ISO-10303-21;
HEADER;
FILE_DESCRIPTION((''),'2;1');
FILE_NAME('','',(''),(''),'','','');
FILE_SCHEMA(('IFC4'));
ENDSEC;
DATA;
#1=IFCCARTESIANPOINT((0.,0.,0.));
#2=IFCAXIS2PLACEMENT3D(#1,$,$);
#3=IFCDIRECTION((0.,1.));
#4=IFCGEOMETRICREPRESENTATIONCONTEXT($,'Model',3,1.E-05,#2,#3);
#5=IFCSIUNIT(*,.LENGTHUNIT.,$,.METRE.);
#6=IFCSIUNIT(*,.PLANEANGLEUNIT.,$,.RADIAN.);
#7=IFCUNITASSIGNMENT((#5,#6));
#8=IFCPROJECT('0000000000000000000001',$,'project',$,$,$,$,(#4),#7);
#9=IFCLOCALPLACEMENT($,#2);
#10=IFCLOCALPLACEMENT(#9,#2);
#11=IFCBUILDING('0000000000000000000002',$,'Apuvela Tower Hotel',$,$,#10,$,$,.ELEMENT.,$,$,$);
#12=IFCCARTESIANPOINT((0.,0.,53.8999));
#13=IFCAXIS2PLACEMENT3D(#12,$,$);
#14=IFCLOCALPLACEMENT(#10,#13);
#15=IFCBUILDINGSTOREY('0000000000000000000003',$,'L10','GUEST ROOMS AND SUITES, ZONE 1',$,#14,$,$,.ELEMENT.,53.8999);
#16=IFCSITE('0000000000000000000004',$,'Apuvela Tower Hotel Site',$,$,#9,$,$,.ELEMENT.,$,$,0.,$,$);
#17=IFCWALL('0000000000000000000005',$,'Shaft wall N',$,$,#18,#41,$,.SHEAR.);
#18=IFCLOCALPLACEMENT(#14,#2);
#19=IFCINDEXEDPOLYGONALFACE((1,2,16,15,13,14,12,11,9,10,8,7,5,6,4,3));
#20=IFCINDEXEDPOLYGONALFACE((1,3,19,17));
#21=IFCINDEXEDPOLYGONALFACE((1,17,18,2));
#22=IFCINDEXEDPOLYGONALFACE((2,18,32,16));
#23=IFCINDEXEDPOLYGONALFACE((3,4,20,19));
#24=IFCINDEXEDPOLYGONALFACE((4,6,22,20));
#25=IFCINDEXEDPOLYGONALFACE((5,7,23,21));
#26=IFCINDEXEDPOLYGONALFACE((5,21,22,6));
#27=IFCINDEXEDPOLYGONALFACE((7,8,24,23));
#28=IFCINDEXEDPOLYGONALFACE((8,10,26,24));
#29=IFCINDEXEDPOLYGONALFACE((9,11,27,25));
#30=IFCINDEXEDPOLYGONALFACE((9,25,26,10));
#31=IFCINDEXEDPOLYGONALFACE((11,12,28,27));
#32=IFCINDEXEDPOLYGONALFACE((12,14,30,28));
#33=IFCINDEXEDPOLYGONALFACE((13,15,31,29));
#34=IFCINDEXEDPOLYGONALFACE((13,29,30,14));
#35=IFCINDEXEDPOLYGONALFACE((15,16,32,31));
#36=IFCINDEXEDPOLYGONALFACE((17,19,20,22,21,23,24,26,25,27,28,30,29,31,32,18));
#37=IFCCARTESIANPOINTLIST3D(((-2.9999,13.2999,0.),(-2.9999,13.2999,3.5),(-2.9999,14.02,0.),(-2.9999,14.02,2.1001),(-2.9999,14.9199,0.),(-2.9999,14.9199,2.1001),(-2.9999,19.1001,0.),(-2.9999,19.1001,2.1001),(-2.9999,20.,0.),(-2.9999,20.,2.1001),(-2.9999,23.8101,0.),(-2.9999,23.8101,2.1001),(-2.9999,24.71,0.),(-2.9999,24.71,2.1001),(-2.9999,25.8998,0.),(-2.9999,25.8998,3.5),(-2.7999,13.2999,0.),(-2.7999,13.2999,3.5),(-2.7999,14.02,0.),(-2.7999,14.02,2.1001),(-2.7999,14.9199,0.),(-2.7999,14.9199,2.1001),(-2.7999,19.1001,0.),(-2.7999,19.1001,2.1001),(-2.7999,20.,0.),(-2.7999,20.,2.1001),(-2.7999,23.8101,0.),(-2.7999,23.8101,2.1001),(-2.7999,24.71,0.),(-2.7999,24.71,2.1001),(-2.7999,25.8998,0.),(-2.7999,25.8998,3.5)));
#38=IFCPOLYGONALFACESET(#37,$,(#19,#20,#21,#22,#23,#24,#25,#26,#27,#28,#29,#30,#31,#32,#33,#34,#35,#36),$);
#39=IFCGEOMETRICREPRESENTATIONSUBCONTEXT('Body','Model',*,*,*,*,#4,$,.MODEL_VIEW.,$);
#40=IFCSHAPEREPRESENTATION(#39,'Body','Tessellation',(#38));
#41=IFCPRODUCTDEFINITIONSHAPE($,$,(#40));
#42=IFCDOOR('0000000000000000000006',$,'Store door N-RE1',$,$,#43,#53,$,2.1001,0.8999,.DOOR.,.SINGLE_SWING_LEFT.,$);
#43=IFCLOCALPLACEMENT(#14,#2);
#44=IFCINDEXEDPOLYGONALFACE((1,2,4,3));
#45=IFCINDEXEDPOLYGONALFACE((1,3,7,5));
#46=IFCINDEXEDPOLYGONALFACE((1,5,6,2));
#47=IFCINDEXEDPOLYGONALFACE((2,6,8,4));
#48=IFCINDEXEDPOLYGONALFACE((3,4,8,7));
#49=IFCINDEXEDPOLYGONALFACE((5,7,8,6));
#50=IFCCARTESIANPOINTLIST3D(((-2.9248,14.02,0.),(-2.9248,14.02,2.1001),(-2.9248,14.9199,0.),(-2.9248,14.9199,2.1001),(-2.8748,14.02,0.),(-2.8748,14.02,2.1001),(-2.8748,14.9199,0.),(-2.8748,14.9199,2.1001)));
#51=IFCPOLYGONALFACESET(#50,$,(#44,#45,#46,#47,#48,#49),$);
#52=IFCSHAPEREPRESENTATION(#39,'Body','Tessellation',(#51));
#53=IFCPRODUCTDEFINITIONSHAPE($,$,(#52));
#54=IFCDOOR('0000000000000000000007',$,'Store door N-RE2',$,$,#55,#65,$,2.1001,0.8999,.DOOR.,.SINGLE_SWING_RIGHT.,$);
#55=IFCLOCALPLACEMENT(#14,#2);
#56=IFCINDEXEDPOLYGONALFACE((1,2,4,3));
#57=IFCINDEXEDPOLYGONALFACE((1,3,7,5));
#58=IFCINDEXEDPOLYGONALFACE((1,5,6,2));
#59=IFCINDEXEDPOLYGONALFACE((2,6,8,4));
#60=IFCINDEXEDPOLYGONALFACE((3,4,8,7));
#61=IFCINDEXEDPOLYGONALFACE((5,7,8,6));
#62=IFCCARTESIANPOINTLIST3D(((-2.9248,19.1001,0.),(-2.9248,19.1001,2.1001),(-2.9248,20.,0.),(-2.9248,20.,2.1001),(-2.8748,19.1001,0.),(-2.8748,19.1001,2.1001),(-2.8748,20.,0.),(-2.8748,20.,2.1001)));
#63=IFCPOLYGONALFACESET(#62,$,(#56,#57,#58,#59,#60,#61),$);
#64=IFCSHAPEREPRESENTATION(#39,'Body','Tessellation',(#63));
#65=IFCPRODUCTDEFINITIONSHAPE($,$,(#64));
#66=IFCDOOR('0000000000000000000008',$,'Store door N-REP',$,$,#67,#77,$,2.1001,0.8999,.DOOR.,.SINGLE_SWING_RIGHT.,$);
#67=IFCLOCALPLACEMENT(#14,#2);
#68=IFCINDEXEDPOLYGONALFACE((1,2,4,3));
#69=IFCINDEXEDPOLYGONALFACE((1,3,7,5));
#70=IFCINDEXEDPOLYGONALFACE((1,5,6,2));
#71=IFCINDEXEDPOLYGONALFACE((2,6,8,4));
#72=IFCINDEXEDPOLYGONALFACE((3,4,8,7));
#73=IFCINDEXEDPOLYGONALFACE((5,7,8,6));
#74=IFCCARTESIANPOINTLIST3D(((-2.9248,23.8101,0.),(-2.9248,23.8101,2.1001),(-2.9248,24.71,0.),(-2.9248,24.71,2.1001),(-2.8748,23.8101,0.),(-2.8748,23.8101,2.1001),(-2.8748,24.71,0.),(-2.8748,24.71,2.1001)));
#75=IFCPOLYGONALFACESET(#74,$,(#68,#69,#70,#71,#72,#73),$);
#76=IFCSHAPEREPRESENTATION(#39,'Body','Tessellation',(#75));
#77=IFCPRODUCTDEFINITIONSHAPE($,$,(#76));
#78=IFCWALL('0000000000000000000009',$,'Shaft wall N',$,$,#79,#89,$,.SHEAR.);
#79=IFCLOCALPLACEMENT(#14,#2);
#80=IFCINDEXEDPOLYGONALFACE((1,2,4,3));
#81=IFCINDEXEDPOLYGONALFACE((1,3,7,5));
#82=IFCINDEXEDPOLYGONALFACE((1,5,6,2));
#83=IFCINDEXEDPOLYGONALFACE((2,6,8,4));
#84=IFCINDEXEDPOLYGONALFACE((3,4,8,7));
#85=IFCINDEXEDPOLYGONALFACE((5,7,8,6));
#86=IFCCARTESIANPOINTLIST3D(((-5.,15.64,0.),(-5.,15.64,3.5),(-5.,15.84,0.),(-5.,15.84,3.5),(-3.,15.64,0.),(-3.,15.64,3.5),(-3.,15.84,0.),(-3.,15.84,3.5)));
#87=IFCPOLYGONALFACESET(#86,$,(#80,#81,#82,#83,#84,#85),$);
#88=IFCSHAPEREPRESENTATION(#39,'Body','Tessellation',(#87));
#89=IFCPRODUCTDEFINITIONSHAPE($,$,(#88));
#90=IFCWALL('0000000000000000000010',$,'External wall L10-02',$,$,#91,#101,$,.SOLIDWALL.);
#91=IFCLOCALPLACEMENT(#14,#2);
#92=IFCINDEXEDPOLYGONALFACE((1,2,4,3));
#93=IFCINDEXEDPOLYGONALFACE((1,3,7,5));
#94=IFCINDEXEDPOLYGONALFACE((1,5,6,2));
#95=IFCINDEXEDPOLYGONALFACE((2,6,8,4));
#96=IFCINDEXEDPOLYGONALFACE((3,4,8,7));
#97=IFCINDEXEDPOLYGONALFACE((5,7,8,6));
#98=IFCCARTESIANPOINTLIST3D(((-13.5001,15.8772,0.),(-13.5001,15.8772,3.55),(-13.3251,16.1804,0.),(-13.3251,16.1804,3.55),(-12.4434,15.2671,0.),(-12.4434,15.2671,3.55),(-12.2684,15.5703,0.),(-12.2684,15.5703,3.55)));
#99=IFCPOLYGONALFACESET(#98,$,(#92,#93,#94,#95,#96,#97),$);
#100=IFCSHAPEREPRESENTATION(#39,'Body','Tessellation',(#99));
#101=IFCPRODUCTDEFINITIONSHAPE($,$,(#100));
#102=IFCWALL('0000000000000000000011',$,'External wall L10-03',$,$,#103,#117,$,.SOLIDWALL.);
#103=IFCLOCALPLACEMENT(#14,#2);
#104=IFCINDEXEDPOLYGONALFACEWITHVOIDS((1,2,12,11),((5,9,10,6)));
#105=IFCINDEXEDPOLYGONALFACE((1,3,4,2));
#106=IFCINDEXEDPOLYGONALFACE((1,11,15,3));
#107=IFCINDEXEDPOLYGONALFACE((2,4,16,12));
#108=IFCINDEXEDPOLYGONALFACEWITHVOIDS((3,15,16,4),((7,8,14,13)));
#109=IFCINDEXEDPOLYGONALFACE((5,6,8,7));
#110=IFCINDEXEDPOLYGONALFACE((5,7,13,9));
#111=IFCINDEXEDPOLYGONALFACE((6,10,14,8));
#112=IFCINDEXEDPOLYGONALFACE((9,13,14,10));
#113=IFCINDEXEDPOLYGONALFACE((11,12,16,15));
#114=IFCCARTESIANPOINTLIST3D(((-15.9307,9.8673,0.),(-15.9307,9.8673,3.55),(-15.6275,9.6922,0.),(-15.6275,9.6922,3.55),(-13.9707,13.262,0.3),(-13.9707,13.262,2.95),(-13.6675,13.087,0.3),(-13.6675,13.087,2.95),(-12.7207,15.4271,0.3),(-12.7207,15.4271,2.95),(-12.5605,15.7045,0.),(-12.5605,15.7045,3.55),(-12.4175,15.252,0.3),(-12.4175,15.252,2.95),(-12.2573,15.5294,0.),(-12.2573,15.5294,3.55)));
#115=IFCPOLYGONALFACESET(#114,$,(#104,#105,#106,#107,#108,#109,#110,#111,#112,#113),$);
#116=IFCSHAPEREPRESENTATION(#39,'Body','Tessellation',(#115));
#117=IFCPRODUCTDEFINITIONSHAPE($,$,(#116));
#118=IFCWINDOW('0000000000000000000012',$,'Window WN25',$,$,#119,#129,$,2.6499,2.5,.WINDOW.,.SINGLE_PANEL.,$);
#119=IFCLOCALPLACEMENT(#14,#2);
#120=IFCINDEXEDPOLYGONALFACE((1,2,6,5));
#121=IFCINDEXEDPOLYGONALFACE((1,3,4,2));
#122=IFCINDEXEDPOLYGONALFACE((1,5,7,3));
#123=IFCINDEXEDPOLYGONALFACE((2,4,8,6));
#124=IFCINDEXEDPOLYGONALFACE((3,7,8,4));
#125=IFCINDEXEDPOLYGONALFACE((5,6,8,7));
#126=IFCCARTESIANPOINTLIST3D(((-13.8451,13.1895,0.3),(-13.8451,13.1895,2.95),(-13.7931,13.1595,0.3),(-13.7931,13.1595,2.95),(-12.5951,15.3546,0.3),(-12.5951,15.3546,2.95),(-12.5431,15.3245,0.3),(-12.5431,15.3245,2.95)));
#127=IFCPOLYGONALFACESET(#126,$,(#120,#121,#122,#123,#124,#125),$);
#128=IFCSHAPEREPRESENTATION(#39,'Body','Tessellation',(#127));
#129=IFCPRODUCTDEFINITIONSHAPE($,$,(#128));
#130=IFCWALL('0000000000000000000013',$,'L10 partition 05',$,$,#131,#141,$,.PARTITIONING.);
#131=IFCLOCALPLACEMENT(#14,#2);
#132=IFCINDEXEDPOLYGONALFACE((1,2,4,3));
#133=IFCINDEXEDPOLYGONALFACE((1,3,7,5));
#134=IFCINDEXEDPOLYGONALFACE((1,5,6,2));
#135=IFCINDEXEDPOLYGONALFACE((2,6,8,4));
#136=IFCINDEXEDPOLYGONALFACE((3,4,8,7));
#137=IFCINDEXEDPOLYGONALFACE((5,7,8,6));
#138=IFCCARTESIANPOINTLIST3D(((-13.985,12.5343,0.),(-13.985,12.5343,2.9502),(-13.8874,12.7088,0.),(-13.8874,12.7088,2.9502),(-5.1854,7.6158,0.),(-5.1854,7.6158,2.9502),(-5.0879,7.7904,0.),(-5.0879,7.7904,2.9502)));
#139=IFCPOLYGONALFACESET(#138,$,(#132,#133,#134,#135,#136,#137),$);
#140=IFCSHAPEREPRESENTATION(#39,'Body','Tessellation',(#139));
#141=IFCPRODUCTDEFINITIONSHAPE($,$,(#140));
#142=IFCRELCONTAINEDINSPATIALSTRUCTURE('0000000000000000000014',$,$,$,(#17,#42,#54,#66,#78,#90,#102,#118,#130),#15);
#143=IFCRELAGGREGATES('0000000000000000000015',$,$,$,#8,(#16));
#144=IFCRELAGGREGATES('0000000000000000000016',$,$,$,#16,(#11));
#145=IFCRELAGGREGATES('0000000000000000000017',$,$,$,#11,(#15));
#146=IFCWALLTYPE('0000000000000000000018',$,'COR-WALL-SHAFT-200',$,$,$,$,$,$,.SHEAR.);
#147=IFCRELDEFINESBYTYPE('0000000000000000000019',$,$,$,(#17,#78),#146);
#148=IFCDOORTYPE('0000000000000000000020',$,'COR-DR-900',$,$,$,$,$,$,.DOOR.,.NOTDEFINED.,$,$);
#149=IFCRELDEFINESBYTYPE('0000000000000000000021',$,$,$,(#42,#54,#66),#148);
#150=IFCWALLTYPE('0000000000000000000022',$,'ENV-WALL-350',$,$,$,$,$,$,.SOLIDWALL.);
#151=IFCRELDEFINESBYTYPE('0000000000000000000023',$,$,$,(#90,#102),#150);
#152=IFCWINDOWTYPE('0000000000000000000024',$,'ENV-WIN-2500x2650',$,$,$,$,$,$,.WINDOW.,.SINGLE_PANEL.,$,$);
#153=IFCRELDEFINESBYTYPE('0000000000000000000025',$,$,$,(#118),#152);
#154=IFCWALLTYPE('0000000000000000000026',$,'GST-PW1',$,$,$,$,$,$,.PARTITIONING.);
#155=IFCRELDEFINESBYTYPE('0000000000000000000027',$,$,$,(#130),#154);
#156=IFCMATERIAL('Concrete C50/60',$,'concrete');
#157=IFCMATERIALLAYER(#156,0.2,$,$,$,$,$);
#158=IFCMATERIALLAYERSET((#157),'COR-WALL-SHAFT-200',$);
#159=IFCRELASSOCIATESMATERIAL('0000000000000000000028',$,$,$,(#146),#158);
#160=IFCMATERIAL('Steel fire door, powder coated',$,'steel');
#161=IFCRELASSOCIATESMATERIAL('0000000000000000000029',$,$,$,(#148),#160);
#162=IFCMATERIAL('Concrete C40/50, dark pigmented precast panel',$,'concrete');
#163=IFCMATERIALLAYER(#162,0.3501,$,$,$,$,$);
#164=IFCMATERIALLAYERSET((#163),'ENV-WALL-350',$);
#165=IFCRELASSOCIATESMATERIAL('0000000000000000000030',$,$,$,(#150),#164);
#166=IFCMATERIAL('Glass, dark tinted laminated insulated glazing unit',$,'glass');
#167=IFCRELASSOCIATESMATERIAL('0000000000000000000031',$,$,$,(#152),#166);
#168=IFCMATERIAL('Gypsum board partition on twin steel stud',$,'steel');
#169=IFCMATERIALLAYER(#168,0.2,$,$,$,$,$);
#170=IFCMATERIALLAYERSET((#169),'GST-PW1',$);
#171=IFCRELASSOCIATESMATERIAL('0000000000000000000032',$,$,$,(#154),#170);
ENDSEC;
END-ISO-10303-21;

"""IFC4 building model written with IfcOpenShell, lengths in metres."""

from ifc_helpers import new_model, si_unit, direction, frame, frame_2d, origin, place, context, subcontext, project, spatial, rectangle, extrude, material, layer, layer_set, type_object, element, fill, save


model = new_model("IFC4")

# Units and contexts
model_context = context("Model", 3, precision=1e-05, world=origin(), true_north=direction((0.0, 1.0)))
body_context = subcontext(model_context, "Body", "Model", "MODEL_VIEW")
ifc_project = project(units=[si_unit("LENGTHUNIT", "METRE"), si_unit("PLANEANGLEUNIT", "RADIAN")], contexts=[model_context])

# Site, building, storey
site_placement = place(None, origin())
site = spatial("IfcSite", under=ifc_project, at=site_placement, Name="Apuvela Tower Hotel Site", CompositionType="ELEMENT", RefElevation=0.0)
building_placement = place(site_placement, origin())
building = spatial("IfcBuilding", under=site, at=building_placement, Name="Apuvela Tower Hotel", CompositionType="ELEMENT")
storey_placement = place(building_placement, frame((0.0, 0.0, 53.8999)))
storey = spatial("IfcBuildingStorey", under=building, at=storey_placement, Name="L10", Description="GUEST ROOMS AND SUITES, ZONE 1", CompositionType="ELEMENT", Elevation=53.8999)

# Shared definitions
ifc_material_1 = material(Name="Concrete C50/60", Category="concrete")
ifc_layer_1 = layer(ifc_material_1, 0.2)
ifc_layer_set_1 = layer_set([ifc_layer_1], Name="COR-WALL-SHAFT-200")
wall_type_1 = type_object("IfcWallType", Name="COR-WALL-SHAFT-200", PredefinedType="SHEAR", material=ifc_layer_set_1)

# Wall, openings, doors
wall_1_placement = place(storey_placement, frame((-2.8999, 13.3, 0.0), z_axis=(0.0, 0.0, 1.0), x_axis=(0.0, 1.0, 0.0)))
wall_1 = element("IfcWall", 1, at=wall_1_placement, inside=storey, type_object=wall_type_1, Name="Shaft wall N", PredefinedType="SHEAR", context=body_context, shape_type="SweptSolid", body=[
    extrude(rectangle(XDim=12.5999, YDim=0.2, at=frame_2d((6.2998, 0.0))), origin(), (0.0, 0.0, 1.0), 3.5),
])
opening_1_placement = place(wall_1_placement, frame((0.72, 0.0, 0.0)))
opening_1 = element("IfcOpeningElement", 2, at=opening_1_placement, cuts=wall_1, PredefinedType="OPENING", context=body_context, shape_type="SweptSolid", body=[
    extrude(rectangle(XDim=0.8999, YDim=2.1001, at=frame_2d((0.45, 1.05))), frame((0.0, 0.1099, 0.0), z_axis=(0.0, -1.0, 0.0), x_axis=(1.0, 0.0, 0.0)), (0.0, 0.0, 1.0), 0.22),
])
opening_2_placement = place(wall_1_placement, frame((5.8, 0.0, 0.0)))
opening_2 = element("IfcOpeningElement", 3, at=opening_2_placement, cuts=wall_1, PredefinedType="OPENING", context=body_context, shape_type="SweptSolid", body=[
    extrude(rectangle(XDim=0.8999, YDim=2.1001, at=frame_2d((0.45, 1.05))), frame((0.0, 0.1099, 0.0), z_axis=(0.0, -1.0, 0.0), x_axis=(1.0, 0.0, 0.0)), (0.0, 0.0, 1.0), 0.22),
])
opening_3_placement = place(wall_1_placement, frame((10.51, 0.0, 0.0)))
opening_3 = element("IfcOpeningElement", 4, at=opening_3_placement, cuts=wall_1, PredefinedType="OPENING", context=body_context, shape_type="SweptSolid", body=[
    extrude(rectangle(XDim=0.8999, YDim=2.1001, at=frame_2d((0.45, 1.05))), frame((0.0, 0.1099, 0.0), z_axis=(0.0, -1.0, 0.0), x_axis=(1.0, 0.0, 0.0)), (0.0, 0.0, 1.0), 0.22),
])
ifc_material_2 = material(Name="Steel fire door, powder coated", Category="steel")
door_type_1 = type_object("IfcDoorType", Name="COR-DR-900", OperationType="NOTDEFINED", PredefinedType="DOOR", material=ifc_material_2)
door_1_placement = place(opening_1_placement, origin())
door_1 = element("IfcDoor", 5, at=door_1_placement, inside=storey, type_object=door_type_1, Name="Store door N-RE1", OperationType="SINGLE_SWING_LEFT", OverallHeight=2.1001, OverallWidth=0.8999, PredefinedType="DOOR", context=body_context, shape_type="SweptSolid", body=[
    extrude(rectangle(XDim=0.8999, YDim=2.1001, at=frame_2d((0.45, 1.05))), frame((0.0, 0.0249, 0.0), z_axis=(0.0, -1.0, 0.0), x_axis=(1.0, 0.0, 0.0)), (0.0, 0.0, 1.0), 0.05),
])
fill(opening_1, door_1)
door_2_placement = place(opening_2_placement, origin())
door_2 = element("IfcDoor", 6, at=door_2_placement, inside=storey, type_object=door_type_1, Name="Store door N-RE2", OperationType="SINGLE_SWING_RIGHT", OverallHeight=2.1001, OverallWidth=0.8999, PredefinedType="DOOR", context=body_context, shape_type="SweptSolid", body=[
    extrude(rectangle(XDim=0.8999, YDim=2.1001, at=frame_2d((0.45, 1.05))), frame((0.0, 0.0249, 0.0), z_axis=(0.0, -1.0, 0.0), x_axis=(1.0, 0.0, 0.0)), (0.0, 0.0, 1.0), 0.05),
])
fill(opening_2, door_2)
door_3_placement = place(opening_3_placement, origin())
door_3 = element("IfcDoor", 7, at=door_3_placement, inside=storey, type_object=door_type_1, Name="Store door N-REP", OperationType="SINGLE_SWING_RIGHT", OverallHeight=2.1001, OverallWidth=0.8999, PredefinedType="DOOR", context=body_context, shape_type="SweptSolid", body=[
    extrude(rectangle(XDim=0.8999, YDim=2.1001, at=frame_2d((0.45, 1.05))), frame((0.0, 0.0249, 0.0), z_axis=(0.0, -1.0, 0.0), x_axis=(1.0, 0.0, 0.0)), (0.0, 0.0, 1.0), 0.05),
])
fill(opening_3, door_3)

# Walls
wall_2_placement = place(storey_placement, frame((-3.0, 15.74, 0.0), z_axis=(0.0, 0.0, 1.0), x_axis=(-1.0, 0.0, 0.0)))
element("IfcWall", 8, at=wall_2_placement, inside=storey, type_object=wall_type_1, Name="Shaft wall N", PredefinedType="SHEAR", context=body_context, shape_type="SweptSolid", body=[
    extrude(rectangle(XDim=2.0, YDim=0.2, at=frame_2d((1.0, 0.0))), origin(), (0.0, 0.0, 1.0), 3.5),
])
ifc_material_3 = material(Name="Concrete C40/50, dark pigmented precast panel", Category="concrete")
ifc_layer_2 = layer(ifc_material_3, 0.3501)
ifc_layer_set_2 = layer_set([ifc_layer_2], Name="ENV-WALL-350")
wall_type_2 = type_object("IfcWallType", Name="ENV-WALL-350", PredefinedType="SOLIDWALL", material=ifc_layer_set_2)
wall_3_placement = place(storey_placement, frame((-13.4126, 16.0288, 0.0), z_axis=(0.0, 0.0, 1.0), x_axis=(0.866006, -0.500034, 0.0)))
element("IfcWall", 9, at=wall_3_placement, inside=storey, type_object=wall_type_2, Name="External wall L10-02", PredefinedType="SOLIDWALL", context=body_context, shape_type="SweptSolid", body=[
    extrude(rectangle(XDim=1.2202, YDim=0.3501, at=frame_2d((0.6101, 0.0))), origin(), (0.0, 0.0, 1.0), 3.55),
])

# Wall, opening, window
wall_4_placement = place(storey_placement, frame((-12.4089, 15.6169, 0.0), z_axis=(0.0, 0.0, 1.0), x_axis=(-0.500004, -0.866023, 0.0)))
wall_4 = element("IfcWall", 10, at=wall_4_placement, inside=storey, type_object=wall_type_2, Name="External wall L10-03", PredefinedType="SOLIDWALL", context=body_context, shape_type="SweptSolid", body=[
    extrude(rectangle(XDim=6.7402, YDim=0.3501, at=frame_2d((3.3701, 0.0))), origin(), (0.0, 0.0, 1.0), 3.55),
])
opening_4_placement = place(wall_4_placement, frame((0.3203, 0.0, 0.3)))
opening_4 = element("IfcOpeningElement", 11, at=opening_4_placement, cuts=wall_4, PredefinedType="OPENING", context=body_context, shape_type="SweptSolid", body=[
    extrude(rectangle(XDim=2.5, YDim=2.6499, at=frame_2d((1.25, 1.325))), frame((0.0, 0.1851, 0.0), z_axis=(0.0, -1.0, 0.0), x_axis=(1.0, 0.0, 0.0)), (0.0, 0.0, 1.0), 0.3701),
])
ifc_material_4 = material(Name="Glass, dark tinted laminated insulated glazing unit", Category="glass")
window_type = type_object("IfcWindowType", Name="ENV-WIN-2500x2650", PartitioningType="SINGLE_PANEL", PredefinedType="WINDOW", material=ifc_material_4)
window_placement = place(opening_4_placement, origin())
window = element("IfcWindow", 12, at=window_placement, inside=storey, type_object=window_type, Name="Window WN25", OverallHeight=2.6499, OverallWidth=2.5, PartitioningType="SINGLE_PANEL", PredefinedType="WINDOW", context=body_context, shape_type="SweptSolid", body=[
    extrude(rectangle(XDim=2.5, YDim=2.6499, at=frame_2d((1.25, 1.325))), frame((0.0, 0.03, 0.0), z_axis=(0.0, -1.0, 0.0), x_axis=(1.0, 0.0, 0.0)), (0.0, 0.0, 1.0), 0.0601),
])
fill(opening_4, window)

# Wall
ifc_material_5 = material(Name="Gypsum board partition on twin steel stud", Category="steel")
ifc_layer_3 = layer(ifc_material_5, 0.2)
ifc_layer_set_3 = layer_set([ifc_layer_3], Name="GST-PW1")
wall_type_3 = type_object("IfcWallType", Name="GST-PW1", PredefinedType="PARTITIONING", material=ifc_layer_set_3)
wall_5_placement = place(storey_placement, frame((-13.9363, 12.6216, 0.0), z_axis=(0.0, 0.0, 1.0), x_axis=(0.872899, -0.487901, 0.0)))
element("IfcWall", 13, at=wall_5_placement, inside=storey, type_object=wall_type_3, Name="L10 partition 05", PredefinedType="PARTITIONING", context=body_context, shape_type="SweptSolid", body=[
    extrude(rectangle(XDim=10.0808, YDim=0.2, at=frame_2d((5.0405, 0.0))), origin(), (0.0, 0.0, 1.0), 2.9502),
])

save(model, "model.ifc")
